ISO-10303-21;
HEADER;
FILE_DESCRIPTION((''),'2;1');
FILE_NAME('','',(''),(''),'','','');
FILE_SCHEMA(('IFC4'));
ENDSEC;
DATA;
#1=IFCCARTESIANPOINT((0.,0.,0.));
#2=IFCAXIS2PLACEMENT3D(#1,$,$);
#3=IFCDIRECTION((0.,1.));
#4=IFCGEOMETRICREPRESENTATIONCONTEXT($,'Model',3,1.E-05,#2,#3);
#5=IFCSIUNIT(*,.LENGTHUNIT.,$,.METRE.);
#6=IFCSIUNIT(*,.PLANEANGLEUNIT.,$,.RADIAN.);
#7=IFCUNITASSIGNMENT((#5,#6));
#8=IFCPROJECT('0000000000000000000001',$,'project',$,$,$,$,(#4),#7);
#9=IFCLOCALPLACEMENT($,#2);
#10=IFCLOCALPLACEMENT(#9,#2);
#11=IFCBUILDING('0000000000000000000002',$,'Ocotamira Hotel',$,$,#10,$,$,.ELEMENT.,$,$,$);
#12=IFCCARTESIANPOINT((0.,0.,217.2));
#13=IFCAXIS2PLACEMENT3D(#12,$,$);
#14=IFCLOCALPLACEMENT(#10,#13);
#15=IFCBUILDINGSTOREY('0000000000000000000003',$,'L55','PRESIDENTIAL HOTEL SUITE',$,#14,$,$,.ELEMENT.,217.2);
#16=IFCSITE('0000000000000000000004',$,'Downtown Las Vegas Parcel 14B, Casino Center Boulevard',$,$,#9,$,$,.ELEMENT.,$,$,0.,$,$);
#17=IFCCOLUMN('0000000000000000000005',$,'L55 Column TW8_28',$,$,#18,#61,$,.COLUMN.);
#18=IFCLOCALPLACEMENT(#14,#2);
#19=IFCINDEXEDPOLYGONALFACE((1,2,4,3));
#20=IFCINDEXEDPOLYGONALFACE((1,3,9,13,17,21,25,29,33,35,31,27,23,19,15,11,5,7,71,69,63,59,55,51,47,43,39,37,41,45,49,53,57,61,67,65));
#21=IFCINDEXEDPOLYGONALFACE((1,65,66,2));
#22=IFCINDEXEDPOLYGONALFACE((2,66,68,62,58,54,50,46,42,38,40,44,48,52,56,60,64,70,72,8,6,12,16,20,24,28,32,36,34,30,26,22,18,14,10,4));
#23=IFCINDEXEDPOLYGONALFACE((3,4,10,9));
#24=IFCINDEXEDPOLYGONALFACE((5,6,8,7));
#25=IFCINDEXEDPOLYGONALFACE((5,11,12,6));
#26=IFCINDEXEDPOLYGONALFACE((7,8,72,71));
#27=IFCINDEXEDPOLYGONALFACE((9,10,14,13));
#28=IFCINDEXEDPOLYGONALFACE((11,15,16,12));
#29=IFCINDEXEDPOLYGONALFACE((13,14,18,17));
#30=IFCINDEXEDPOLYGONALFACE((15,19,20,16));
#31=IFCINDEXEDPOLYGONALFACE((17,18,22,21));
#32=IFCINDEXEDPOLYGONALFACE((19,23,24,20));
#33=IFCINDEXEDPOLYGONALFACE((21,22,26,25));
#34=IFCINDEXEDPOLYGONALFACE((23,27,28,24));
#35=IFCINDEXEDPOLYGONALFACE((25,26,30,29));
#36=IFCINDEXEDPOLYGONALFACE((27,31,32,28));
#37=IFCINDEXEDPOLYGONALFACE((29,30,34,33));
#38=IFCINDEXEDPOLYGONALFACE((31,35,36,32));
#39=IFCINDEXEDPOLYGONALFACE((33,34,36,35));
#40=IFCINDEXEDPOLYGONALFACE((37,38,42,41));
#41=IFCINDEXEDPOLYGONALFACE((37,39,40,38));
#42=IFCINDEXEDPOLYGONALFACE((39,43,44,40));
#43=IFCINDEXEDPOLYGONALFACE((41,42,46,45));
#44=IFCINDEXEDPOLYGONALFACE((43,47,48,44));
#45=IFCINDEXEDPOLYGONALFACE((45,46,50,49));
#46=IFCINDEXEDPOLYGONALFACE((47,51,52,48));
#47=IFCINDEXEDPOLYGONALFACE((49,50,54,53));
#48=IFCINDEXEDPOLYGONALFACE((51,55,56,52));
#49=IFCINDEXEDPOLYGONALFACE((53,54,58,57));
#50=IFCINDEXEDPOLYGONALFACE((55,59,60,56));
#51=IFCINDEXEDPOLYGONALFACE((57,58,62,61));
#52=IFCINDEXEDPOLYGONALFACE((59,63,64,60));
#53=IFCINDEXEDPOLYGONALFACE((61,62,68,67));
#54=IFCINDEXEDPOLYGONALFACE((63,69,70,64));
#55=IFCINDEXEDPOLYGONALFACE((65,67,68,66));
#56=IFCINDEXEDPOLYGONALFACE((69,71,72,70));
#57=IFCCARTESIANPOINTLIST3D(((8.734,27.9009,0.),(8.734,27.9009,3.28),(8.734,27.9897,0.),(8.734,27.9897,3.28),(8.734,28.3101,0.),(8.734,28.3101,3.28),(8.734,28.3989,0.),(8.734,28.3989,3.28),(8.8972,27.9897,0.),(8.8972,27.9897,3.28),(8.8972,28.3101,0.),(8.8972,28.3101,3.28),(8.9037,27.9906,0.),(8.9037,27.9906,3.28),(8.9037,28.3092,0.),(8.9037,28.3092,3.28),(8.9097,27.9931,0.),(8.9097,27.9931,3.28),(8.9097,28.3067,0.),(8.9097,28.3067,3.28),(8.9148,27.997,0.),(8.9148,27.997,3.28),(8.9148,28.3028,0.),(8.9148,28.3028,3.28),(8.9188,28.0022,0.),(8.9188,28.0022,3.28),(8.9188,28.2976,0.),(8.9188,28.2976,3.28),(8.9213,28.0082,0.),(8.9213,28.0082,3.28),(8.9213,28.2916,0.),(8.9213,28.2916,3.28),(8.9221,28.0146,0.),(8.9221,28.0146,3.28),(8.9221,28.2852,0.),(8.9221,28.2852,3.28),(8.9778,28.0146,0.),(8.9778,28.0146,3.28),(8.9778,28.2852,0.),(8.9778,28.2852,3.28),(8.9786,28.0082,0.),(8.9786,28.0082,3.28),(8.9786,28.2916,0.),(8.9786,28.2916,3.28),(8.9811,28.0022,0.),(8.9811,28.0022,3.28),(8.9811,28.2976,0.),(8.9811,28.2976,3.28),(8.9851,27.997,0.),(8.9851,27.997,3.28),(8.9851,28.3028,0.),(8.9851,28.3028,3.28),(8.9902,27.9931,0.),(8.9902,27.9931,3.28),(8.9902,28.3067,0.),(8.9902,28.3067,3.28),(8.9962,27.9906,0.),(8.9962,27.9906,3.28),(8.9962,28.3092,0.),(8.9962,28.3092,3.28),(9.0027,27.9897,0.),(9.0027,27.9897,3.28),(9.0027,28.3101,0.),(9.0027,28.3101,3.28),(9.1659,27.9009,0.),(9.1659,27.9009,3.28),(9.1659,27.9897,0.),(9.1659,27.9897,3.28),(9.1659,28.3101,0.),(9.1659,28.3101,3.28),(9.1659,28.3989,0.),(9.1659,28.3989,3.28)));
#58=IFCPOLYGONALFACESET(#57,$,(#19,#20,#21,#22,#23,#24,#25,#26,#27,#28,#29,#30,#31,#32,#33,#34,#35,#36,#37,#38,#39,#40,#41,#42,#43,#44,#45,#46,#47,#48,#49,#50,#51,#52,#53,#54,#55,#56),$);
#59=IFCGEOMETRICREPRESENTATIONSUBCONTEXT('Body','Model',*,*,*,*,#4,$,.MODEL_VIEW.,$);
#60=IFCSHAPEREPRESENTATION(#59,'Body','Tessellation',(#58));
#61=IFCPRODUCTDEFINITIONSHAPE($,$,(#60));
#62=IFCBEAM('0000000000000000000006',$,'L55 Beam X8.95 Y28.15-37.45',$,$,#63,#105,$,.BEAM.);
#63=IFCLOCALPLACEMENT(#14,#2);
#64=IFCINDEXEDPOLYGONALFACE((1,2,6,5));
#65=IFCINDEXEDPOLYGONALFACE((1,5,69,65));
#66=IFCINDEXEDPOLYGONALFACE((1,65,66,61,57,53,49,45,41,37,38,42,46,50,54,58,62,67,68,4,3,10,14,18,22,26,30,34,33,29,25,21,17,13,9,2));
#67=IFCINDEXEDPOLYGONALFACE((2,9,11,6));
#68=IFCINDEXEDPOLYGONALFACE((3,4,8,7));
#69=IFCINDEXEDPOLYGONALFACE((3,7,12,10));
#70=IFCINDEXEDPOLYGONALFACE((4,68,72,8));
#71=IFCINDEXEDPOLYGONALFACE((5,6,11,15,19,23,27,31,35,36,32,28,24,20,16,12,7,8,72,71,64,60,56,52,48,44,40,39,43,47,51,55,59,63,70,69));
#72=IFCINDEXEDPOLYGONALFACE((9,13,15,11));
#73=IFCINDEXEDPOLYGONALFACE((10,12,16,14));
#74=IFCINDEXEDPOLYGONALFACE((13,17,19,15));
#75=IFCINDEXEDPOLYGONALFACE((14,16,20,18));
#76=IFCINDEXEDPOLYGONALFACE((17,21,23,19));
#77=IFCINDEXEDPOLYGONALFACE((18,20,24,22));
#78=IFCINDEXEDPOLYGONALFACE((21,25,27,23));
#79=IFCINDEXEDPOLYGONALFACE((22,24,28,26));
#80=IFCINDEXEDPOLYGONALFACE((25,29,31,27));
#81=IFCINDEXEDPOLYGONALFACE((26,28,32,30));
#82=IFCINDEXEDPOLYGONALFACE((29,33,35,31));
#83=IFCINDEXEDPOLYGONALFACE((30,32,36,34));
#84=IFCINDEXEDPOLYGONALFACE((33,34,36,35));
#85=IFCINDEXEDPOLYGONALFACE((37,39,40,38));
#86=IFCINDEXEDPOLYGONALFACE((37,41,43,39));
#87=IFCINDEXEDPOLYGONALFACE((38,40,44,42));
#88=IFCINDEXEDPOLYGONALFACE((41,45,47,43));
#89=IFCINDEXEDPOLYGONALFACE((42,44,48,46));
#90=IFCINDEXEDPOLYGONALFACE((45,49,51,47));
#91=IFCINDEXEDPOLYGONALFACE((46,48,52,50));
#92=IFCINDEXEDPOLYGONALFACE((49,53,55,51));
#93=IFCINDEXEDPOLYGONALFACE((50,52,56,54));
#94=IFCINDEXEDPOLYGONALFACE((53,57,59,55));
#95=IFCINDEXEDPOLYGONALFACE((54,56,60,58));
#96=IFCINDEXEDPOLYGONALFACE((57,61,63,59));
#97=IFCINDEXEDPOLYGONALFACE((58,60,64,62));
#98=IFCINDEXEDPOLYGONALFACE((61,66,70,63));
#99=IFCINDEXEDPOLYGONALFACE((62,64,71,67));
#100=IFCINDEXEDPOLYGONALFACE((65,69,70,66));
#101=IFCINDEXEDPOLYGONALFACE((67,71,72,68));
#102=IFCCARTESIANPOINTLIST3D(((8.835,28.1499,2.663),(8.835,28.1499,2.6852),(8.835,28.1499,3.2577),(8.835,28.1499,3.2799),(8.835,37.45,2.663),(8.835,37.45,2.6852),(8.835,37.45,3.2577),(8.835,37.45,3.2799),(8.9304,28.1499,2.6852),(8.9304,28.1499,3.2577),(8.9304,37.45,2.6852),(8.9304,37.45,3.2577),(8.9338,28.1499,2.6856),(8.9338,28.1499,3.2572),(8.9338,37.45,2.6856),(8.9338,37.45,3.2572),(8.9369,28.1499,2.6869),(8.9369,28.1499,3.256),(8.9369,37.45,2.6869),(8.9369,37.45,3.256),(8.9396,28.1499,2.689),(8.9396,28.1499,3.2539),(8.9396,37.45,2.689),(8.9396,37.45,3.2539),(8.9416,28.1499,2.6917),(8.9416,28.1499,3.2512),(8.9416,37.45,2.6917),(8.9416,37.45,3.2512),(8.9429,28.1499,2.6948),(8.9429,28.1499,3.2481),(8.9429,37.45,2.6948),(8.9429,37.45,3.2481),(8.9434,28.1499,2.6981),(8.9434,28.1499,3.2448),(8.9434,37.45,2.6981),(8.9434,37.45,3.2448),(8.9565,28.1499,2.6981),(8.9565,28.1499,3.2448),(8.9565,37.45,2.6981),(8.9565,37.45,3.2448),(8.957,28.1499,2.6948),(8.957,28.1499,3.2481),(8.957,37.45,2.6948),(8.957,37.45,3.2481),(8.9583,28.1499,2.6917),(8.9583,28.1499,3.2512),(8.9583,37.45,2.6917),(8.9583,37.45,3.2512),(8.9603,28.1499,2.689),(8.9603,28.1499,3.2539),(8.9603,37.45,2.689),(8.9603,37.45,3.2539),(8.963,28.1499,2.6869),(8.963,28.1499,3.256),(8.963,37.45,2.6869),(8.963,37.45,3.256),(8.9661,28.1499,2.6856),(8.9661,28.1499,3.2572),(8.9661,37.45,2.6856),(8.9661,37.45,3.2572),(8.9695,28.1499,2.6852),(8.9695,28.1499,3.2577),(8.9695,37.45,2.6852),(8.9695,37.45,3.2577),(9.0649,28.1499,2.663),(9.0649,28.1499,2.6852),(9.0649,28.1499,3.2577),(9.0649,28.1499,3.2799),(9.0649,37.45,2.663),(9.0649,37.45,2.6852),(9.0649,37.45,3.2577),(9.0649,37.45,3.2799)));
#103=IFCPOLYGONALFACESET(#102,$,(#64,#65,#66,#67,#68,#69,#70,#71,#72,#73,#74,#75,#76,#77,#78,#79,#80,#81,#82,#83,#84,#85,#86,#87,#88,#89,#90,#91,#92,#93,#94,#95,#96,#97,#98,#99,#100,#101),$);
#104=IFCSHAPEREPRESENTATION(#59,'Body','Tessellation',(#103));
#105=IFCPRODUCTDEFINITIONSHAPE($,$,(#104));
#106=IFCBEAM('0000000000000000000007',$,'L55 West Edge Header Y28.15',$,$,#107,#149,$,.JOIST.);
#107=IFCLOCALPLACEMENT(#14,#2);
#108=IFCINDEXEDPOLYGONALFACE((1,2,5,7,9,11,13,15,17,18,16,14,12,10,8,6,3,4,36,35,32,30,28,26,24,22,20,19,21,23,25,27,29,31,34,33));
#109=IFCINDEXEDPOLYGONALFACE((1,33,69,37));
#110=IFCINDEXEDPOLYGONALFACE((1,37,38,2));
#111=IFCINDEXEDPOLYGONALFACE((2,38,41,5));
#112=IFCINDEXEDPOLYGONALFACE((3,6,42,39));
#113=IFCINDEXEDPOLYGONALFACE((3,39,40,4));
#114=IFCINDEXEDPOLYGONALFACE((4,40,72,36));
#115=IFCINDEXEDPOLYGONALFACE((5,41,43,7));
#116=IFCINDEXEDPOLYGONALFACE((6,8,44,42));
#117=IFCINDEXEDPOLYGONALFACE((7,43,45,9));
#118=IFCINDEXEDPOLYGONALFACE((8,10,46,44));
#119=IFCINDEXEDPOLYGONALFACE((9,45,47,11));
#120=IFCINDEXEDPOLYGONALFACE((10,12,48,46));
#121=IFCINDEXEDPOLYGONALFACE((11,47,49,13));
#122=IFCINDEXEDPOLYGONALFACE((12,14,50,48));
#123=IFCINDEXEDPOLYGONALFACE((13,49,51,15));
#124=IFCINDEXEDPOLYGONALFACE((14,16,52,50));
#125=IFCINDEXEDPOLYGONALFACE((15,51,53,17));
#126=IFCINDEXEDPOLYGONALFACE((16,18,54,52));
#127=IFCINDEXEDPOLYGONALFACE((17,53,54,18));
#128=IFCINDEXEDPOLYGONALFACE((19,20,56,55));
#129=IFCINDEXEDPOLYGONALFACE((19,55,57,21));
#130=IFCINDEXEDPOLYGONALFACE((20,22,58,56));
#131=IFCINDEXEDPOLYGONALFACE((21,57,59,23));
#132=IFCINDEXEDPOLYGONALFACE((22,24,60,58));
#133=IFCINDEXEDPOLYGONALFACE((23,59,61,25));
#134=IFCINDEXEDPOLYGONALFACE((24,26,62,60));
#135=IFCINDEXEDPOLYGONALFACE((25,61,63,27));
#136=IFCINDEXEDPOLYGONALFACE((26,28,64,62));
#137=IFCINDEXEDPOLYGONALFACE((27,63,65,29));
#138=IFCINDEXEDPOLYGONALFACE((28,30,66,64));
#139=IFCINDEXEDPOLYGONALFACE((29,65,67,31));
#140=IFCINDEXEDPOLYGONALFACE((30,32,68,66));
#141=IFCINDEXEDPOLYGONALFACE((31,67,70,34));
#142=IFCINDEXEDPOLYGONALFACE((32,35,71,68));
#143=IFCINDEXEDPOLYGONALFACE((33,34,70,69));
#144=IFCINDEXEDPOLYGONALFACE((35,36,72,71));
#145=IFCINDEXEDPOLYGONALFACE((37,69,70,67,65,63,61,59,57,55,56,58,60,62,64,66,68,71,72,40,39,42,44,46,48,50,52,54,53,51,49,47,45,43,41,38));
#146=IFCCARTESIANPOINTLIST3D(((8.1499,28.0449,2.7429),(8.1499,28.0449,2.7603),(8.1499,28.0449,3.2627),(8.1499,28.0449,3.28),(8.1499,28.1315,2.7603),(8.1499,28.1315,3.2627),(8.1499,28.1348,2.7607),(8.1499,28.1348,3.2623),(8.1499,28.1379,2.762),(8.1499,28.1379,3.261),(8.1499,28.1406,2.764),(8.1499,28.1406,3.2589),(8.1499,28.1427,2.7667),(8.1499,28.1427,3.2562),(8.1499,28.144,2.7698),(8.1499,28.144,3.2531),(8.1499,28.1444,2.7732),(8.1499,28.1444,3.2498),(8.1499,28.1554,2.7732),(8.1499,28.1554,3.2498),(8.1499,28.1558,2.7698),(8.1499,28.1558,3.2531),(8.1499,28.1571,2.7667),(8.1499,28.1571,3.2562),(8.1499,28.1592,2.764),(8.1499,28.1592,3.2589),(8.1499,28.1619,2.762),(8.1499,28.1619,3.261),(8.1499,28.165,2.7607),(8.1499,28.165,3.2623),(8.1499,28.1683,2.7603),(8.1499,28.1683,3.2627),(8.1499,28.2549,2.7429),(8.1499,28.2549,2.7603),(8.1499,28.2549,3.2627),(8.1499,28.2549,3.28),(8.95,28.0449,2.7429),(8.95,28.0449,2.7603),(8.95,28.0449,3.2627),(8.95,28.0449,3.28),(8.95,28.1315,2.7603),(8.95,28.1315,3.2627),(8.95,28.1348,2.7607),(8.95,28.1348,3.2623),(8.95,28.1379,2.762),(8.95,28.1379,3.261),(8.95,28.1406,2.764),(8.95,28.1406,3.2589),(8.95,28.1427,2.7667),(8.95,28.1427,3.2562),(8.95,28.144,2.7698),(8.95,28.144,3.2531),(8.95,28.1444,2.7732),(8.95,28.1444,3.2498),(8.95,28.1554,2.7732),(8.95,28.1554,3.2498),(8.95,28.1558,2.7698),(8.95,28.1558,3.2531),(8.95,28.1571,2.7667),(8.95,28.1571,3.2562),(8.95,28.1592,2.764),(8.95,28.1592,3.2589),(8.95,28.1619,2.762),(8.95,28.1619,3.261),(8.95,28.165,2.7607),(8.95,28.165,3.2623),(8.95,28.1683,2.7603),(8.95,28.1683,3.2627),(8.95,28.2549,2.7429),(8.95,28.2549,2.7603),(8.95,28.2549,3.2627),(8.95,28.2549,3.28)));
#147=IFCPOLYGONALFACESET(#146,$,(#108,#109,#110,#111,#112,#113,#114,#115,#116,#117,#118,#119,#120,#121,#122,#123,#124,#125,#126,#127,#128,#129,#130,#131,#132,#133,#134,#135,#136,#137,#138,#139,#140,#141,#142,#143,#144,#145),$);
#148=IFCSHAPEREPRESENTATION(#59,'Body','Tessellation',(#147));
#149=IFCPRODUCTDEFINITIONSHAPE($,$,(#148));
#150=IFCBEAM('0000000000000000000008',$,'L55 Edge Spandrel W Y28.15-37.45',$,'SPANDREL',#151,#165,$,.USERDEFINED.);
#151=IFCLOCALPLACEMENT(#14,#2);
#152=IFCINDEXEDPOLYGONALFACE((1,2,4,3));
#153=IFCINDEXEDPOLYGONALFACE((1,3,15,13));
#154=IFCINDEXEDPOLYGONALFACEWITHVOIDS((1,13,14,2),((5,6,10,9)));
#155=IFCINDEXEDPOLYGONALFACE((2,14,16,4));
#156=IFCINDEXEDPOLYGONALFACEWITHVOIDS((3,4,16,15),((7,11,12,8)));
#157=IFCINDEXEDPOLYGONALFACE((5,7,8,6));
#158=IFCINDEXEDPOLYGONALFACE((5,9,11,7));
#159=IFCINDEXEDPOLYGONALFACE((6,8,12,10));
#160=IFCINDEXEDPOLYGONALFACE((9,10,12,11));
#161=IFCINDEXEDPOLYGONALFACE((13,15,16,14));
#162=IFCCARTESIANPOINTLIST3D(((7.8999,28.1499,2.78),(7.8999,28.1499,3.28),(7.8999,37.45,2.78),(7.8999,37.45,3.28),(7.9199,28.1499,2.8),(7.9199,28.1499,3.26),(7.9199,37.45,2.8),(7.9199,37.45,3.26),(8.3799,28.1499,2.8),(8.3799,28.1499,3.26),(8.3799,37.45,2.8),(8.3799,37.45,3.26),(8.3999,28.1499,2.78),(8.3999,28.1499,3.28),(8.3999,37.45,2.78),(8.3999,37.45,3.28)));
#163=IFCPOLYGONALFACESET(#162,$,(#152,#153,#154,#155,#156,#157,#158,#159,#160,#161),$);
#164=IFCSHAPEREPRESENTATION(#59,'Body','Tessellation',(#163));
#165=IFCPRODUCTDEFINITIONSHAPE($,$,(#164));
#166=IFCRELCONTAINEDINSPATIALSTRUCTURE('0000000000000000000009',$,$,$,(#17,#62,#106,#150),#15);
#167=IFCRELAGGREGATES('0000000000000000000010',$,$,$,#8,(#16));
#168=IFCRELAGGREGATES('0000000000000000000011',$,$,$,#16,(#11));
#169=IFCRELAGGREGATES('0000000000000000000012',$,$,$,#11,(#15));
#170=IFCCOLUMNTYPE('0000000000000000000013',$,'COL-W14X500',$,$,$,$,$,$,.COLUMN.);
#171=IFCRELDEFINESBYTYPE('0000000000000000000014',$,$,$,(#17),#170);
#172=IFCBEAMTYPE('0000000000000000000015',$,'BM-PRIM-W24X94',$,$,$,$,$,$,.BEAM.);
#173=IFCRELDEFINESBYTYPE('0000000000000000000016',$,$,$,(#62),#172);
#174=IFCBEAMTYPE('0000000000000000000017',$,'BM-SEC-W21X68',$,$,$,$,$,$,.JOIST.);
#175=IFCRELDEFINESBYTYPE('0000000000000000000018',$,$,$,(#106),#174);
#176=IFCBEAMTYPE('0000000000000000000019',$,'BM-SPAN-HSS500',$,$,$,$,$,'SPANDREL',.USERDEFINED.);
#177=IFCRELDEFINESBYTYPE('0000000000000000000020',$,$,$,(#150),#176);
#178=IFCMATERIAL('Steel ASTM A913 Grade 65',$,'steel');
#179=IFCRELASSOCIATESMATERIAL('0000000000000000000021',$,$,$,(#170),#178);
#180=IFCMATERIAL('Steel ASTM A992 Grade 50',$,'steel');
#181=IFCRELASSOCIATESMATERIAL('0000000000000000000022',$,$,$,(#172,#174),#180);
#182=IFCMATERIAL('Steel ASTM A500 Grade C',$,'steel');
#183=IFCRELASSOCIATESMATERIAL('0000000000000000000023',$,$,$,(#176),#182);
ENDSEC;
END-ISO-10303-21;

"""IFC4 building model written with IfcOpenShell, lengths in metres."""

from ifc_helpers import new_model, si_unit, direction, frame, origin, origin_2d, place, context, subcontext, project, spatial, hollow_rectangle, i_section, extrude, source, transform, mapped, material, material_profile, profile_set, type_object, element, save


model = new_model("IFC4")

# Units and contexts
model_context = context("Model", 3, precision=1e-05, world=origin(), true_north=direction((0.0, 1.0)))
body_context = subcontext(model_context, "Body", "Model", "MODEL_VIEW")
ifc_project = project(units=[si_unit("LENGTHUNIT", "METRE"), si_unit("PLANEANGLEUNIT", "RADIAN")], contexts=[model_context])

# Site, building, storey
site_placement = place(None, origin())
site = spatial("IfcSite", under=ifc_project, at=site_placement, Name="Downtown Las Vegas Parcel 14B, Casino Center Boulevard", CompositionType="ELEMENT", RefElevation=0.0)
building_placement = place(site_placement, origin())
building = spatial("IfcBuilding", under=site, at=building_placement, Name="Ocotamira Hotel", CompositionType="ELEMENT")
storey_placement = place(building_placement, frame((0.0, 0.0, 217.2)))
storey = spatial("IfcBuildingStorey", under=building, at=storey_placement, Name="L55", Description="PRESIDENTIAL HOTEL SUITE", CompositionType="ELEMENT", Elevation=217.2)

# Column
ifc_material_1 = material(Name="Steel ASTM A913 Grade 65", Category="steel")
ifc_material_profile_1 = material_profile(ifc_material_1, i_section(OverallWidth=0.4319, OverallDepth=0.498, WebThickness=0.0557, FlangeThickness=0.0889, FilletRadius=0.0249, at=origin_2d()), Name="W14X500")
ifc_profile_set_1 = profile_set([ifc_material_profile_1], Name="Steel ASTM A913 Grade 65")
column_type = type_object("IfcColumnType", Name="COL-W14X500", PredefinedType="COLUMN", material=ifc_profile_set_1)
shared_shape_1 = source(origin(), body_context, "Body", "SweptSolid", [
    extrude(i_section(OverallWidth=0.4319, OverallDepth=0.498, WebThickness=0.0557, FlangeThickness=0.0889, FilletRadius=0.0249, at=origin_2d()), origin(), (0.0, 0.0, 1.0), 3.28),
])
column_placement = place(storey_placement, frame((8.95, 28.1499, 0.0), z_axis=(0.0, 0.0, 1.0), x_axis=(1.0, 0.0, 0.0)))
element("IfcColumn", 1, at=column_placement, inside=storey, type_object=column_type, Name="L55 Column TW8_28", PredefinedType="COLUMN", context=body_context, shape_type="MappedRepresentation", body=[
    mapped(shared_shape_1, transform((0.0, 0.0, 0.0), scale=1.0)),
])

# Beams
ifc_material_2 = material(Name="Steel ASTM A992 Grade 50", Category="steel")
ifc_material_profile_2 = material_profile(ifc_material_2, i_section(OverallWidth=0.23, OverallDepth=0.6169, WebThickness=0.0132, FlangeThickness=0.0222, FilletRadius=0.0129, at=origin_2d()), Name="W24X94")
ifc_profile_set_2 = profile_set([ifc_material_profile_2], Name="Steel ASTM A992 Grade 50")
beam_type_1 = type_object("IfcBeamType", Name="BM-PRIM-W24X94", PredefinedType="BEAM", material=ifc_profile_set_2)
shared_shape_2 = source(origin(), body_context, "Body", "SweptSolid", [
    extrude(i_section(OverallWidth=0.23, OverallDepth=0.6169, WebThickness=0.0132, FlangeThickness=0.0222, FilletRadius=0.0129, at=origin_2d()), origin(), (0.0, 0.0, 1.0), 9.3),
])
beam_1_placement = place(storey_placement, frame((8.95, 28.1499, 2.9714), z_axis=(0.0, 1.0, 0.0), x_axis=(-1.0, 0.0, 0.0)))
element("IfcBeam", 2, at=beam_1_placement, inside=storey, type_object=beam_type_1, Name="L55 Beam X8.95 Y28.15-37.45", PredefinedType="BEAM", context=body_context, shape_type="MappedRepresentation", body=[
    mapped(shared_shape_2, transform((0.0, 0.0, 0.0), scale=1.0)),
])
ifc_material_profile_3 = material_profile(ifc_material_2, i_section(OverallWidth=0.21, OverallDepth=0.5371, WebThickness=0.011, FlangeThickness=0.0173, FilletRadius=0.0129, at=origin_2d()), Name="W21X68")
ifc_profile_set_3 = profile_set([ifc_material_profile_3], Name="Steel ASTM A992 Grade 50")
beam_type_2 = type_object("IfcBeamType", Name="BM-SEC-W21X68", PredefinedType="JOIST", material=ifc_profile_set_3)
shared_shape_3 = source(origin(), body_context, "Body", "SweptSolid", [
    extrude(i_section(OverallWidth=0.21, OverallDepth=0.5371, WebThickness=0.011, FlangeThickness=0.0173, FilletRadius=0.0129, at=origin_2d()), origin(), (0.0, 0.0, 1.0), 0.8),
])
beam_2_placement = place(storey_placement, frame((8.95, 28.1499, 3.0115), z_axis=(-1.0, 0.0, 0.0), x_axis=(0.0, -1.0, 0.0)))
element("IfcBeam", 3, at=beam_2_placement, inside=storey, type_object=beam_type_2, Name="L55 West Edge Header Y28.15", PredefinedType="JOIST", context=body_context, shape_type="MappedRepresentation", body=[
    mapped(shared_shape_3, transform((0.0, 0.0, 0.0), scale=1.0)),
])
ifc_material_3 = material(Name="Steel ASTM A500 Grade C", Category="steel")
ifc_material_profile_4 = material_profile(ifc_material_3, hollow_rectangle(XDim=0.5, YDim=0.5, WallThickness=0.02, at=origin_2d()), Name="HSS500X500X20")
ifc_profile_set_4 = profile_set([ifc_material_profile_4], Name="Steel ASTM A500 Grade C")
beam_type_3 = type_object("IfcBeamType", Name="BM-SPAN-HSS500", ElementType="SPANDREL", PredefinedType="USERDEFINED", material=ifc_profile_set_4)
shared_shape_4 = source(origin(), body_context, "Body", "SweptSolid", [
    extrude(hollow_rectangle(XDim=0.5, YDim=0.5, WallThickness=0.02, at=origin_2d()), origin(), (0.0, 0.0, 1.0), 9.3),
])
beam_3_placement = place(storey_placement, frame((8.1499, 28.1499, 3.03), z_axis=(0.0, 1.0, 0.0), x_axis=(-1.0, 0.0, 0.0)))
element("IfcBeam", 4, at=beam_3_placement, inside=storey, type_object=beam_type_3, Name="L55 Edge Spandrel W Y28.15-37.45", ObjectType="SPANDREL", PredefinedType="USERDEFINED", context=body_context, shape_type="MappedRepresentation", body=[
    mapped(shared_shape_4, transform((0.0, 0.0, 0.0), scale=1.0)),
])

save(model, "model.ifc")
